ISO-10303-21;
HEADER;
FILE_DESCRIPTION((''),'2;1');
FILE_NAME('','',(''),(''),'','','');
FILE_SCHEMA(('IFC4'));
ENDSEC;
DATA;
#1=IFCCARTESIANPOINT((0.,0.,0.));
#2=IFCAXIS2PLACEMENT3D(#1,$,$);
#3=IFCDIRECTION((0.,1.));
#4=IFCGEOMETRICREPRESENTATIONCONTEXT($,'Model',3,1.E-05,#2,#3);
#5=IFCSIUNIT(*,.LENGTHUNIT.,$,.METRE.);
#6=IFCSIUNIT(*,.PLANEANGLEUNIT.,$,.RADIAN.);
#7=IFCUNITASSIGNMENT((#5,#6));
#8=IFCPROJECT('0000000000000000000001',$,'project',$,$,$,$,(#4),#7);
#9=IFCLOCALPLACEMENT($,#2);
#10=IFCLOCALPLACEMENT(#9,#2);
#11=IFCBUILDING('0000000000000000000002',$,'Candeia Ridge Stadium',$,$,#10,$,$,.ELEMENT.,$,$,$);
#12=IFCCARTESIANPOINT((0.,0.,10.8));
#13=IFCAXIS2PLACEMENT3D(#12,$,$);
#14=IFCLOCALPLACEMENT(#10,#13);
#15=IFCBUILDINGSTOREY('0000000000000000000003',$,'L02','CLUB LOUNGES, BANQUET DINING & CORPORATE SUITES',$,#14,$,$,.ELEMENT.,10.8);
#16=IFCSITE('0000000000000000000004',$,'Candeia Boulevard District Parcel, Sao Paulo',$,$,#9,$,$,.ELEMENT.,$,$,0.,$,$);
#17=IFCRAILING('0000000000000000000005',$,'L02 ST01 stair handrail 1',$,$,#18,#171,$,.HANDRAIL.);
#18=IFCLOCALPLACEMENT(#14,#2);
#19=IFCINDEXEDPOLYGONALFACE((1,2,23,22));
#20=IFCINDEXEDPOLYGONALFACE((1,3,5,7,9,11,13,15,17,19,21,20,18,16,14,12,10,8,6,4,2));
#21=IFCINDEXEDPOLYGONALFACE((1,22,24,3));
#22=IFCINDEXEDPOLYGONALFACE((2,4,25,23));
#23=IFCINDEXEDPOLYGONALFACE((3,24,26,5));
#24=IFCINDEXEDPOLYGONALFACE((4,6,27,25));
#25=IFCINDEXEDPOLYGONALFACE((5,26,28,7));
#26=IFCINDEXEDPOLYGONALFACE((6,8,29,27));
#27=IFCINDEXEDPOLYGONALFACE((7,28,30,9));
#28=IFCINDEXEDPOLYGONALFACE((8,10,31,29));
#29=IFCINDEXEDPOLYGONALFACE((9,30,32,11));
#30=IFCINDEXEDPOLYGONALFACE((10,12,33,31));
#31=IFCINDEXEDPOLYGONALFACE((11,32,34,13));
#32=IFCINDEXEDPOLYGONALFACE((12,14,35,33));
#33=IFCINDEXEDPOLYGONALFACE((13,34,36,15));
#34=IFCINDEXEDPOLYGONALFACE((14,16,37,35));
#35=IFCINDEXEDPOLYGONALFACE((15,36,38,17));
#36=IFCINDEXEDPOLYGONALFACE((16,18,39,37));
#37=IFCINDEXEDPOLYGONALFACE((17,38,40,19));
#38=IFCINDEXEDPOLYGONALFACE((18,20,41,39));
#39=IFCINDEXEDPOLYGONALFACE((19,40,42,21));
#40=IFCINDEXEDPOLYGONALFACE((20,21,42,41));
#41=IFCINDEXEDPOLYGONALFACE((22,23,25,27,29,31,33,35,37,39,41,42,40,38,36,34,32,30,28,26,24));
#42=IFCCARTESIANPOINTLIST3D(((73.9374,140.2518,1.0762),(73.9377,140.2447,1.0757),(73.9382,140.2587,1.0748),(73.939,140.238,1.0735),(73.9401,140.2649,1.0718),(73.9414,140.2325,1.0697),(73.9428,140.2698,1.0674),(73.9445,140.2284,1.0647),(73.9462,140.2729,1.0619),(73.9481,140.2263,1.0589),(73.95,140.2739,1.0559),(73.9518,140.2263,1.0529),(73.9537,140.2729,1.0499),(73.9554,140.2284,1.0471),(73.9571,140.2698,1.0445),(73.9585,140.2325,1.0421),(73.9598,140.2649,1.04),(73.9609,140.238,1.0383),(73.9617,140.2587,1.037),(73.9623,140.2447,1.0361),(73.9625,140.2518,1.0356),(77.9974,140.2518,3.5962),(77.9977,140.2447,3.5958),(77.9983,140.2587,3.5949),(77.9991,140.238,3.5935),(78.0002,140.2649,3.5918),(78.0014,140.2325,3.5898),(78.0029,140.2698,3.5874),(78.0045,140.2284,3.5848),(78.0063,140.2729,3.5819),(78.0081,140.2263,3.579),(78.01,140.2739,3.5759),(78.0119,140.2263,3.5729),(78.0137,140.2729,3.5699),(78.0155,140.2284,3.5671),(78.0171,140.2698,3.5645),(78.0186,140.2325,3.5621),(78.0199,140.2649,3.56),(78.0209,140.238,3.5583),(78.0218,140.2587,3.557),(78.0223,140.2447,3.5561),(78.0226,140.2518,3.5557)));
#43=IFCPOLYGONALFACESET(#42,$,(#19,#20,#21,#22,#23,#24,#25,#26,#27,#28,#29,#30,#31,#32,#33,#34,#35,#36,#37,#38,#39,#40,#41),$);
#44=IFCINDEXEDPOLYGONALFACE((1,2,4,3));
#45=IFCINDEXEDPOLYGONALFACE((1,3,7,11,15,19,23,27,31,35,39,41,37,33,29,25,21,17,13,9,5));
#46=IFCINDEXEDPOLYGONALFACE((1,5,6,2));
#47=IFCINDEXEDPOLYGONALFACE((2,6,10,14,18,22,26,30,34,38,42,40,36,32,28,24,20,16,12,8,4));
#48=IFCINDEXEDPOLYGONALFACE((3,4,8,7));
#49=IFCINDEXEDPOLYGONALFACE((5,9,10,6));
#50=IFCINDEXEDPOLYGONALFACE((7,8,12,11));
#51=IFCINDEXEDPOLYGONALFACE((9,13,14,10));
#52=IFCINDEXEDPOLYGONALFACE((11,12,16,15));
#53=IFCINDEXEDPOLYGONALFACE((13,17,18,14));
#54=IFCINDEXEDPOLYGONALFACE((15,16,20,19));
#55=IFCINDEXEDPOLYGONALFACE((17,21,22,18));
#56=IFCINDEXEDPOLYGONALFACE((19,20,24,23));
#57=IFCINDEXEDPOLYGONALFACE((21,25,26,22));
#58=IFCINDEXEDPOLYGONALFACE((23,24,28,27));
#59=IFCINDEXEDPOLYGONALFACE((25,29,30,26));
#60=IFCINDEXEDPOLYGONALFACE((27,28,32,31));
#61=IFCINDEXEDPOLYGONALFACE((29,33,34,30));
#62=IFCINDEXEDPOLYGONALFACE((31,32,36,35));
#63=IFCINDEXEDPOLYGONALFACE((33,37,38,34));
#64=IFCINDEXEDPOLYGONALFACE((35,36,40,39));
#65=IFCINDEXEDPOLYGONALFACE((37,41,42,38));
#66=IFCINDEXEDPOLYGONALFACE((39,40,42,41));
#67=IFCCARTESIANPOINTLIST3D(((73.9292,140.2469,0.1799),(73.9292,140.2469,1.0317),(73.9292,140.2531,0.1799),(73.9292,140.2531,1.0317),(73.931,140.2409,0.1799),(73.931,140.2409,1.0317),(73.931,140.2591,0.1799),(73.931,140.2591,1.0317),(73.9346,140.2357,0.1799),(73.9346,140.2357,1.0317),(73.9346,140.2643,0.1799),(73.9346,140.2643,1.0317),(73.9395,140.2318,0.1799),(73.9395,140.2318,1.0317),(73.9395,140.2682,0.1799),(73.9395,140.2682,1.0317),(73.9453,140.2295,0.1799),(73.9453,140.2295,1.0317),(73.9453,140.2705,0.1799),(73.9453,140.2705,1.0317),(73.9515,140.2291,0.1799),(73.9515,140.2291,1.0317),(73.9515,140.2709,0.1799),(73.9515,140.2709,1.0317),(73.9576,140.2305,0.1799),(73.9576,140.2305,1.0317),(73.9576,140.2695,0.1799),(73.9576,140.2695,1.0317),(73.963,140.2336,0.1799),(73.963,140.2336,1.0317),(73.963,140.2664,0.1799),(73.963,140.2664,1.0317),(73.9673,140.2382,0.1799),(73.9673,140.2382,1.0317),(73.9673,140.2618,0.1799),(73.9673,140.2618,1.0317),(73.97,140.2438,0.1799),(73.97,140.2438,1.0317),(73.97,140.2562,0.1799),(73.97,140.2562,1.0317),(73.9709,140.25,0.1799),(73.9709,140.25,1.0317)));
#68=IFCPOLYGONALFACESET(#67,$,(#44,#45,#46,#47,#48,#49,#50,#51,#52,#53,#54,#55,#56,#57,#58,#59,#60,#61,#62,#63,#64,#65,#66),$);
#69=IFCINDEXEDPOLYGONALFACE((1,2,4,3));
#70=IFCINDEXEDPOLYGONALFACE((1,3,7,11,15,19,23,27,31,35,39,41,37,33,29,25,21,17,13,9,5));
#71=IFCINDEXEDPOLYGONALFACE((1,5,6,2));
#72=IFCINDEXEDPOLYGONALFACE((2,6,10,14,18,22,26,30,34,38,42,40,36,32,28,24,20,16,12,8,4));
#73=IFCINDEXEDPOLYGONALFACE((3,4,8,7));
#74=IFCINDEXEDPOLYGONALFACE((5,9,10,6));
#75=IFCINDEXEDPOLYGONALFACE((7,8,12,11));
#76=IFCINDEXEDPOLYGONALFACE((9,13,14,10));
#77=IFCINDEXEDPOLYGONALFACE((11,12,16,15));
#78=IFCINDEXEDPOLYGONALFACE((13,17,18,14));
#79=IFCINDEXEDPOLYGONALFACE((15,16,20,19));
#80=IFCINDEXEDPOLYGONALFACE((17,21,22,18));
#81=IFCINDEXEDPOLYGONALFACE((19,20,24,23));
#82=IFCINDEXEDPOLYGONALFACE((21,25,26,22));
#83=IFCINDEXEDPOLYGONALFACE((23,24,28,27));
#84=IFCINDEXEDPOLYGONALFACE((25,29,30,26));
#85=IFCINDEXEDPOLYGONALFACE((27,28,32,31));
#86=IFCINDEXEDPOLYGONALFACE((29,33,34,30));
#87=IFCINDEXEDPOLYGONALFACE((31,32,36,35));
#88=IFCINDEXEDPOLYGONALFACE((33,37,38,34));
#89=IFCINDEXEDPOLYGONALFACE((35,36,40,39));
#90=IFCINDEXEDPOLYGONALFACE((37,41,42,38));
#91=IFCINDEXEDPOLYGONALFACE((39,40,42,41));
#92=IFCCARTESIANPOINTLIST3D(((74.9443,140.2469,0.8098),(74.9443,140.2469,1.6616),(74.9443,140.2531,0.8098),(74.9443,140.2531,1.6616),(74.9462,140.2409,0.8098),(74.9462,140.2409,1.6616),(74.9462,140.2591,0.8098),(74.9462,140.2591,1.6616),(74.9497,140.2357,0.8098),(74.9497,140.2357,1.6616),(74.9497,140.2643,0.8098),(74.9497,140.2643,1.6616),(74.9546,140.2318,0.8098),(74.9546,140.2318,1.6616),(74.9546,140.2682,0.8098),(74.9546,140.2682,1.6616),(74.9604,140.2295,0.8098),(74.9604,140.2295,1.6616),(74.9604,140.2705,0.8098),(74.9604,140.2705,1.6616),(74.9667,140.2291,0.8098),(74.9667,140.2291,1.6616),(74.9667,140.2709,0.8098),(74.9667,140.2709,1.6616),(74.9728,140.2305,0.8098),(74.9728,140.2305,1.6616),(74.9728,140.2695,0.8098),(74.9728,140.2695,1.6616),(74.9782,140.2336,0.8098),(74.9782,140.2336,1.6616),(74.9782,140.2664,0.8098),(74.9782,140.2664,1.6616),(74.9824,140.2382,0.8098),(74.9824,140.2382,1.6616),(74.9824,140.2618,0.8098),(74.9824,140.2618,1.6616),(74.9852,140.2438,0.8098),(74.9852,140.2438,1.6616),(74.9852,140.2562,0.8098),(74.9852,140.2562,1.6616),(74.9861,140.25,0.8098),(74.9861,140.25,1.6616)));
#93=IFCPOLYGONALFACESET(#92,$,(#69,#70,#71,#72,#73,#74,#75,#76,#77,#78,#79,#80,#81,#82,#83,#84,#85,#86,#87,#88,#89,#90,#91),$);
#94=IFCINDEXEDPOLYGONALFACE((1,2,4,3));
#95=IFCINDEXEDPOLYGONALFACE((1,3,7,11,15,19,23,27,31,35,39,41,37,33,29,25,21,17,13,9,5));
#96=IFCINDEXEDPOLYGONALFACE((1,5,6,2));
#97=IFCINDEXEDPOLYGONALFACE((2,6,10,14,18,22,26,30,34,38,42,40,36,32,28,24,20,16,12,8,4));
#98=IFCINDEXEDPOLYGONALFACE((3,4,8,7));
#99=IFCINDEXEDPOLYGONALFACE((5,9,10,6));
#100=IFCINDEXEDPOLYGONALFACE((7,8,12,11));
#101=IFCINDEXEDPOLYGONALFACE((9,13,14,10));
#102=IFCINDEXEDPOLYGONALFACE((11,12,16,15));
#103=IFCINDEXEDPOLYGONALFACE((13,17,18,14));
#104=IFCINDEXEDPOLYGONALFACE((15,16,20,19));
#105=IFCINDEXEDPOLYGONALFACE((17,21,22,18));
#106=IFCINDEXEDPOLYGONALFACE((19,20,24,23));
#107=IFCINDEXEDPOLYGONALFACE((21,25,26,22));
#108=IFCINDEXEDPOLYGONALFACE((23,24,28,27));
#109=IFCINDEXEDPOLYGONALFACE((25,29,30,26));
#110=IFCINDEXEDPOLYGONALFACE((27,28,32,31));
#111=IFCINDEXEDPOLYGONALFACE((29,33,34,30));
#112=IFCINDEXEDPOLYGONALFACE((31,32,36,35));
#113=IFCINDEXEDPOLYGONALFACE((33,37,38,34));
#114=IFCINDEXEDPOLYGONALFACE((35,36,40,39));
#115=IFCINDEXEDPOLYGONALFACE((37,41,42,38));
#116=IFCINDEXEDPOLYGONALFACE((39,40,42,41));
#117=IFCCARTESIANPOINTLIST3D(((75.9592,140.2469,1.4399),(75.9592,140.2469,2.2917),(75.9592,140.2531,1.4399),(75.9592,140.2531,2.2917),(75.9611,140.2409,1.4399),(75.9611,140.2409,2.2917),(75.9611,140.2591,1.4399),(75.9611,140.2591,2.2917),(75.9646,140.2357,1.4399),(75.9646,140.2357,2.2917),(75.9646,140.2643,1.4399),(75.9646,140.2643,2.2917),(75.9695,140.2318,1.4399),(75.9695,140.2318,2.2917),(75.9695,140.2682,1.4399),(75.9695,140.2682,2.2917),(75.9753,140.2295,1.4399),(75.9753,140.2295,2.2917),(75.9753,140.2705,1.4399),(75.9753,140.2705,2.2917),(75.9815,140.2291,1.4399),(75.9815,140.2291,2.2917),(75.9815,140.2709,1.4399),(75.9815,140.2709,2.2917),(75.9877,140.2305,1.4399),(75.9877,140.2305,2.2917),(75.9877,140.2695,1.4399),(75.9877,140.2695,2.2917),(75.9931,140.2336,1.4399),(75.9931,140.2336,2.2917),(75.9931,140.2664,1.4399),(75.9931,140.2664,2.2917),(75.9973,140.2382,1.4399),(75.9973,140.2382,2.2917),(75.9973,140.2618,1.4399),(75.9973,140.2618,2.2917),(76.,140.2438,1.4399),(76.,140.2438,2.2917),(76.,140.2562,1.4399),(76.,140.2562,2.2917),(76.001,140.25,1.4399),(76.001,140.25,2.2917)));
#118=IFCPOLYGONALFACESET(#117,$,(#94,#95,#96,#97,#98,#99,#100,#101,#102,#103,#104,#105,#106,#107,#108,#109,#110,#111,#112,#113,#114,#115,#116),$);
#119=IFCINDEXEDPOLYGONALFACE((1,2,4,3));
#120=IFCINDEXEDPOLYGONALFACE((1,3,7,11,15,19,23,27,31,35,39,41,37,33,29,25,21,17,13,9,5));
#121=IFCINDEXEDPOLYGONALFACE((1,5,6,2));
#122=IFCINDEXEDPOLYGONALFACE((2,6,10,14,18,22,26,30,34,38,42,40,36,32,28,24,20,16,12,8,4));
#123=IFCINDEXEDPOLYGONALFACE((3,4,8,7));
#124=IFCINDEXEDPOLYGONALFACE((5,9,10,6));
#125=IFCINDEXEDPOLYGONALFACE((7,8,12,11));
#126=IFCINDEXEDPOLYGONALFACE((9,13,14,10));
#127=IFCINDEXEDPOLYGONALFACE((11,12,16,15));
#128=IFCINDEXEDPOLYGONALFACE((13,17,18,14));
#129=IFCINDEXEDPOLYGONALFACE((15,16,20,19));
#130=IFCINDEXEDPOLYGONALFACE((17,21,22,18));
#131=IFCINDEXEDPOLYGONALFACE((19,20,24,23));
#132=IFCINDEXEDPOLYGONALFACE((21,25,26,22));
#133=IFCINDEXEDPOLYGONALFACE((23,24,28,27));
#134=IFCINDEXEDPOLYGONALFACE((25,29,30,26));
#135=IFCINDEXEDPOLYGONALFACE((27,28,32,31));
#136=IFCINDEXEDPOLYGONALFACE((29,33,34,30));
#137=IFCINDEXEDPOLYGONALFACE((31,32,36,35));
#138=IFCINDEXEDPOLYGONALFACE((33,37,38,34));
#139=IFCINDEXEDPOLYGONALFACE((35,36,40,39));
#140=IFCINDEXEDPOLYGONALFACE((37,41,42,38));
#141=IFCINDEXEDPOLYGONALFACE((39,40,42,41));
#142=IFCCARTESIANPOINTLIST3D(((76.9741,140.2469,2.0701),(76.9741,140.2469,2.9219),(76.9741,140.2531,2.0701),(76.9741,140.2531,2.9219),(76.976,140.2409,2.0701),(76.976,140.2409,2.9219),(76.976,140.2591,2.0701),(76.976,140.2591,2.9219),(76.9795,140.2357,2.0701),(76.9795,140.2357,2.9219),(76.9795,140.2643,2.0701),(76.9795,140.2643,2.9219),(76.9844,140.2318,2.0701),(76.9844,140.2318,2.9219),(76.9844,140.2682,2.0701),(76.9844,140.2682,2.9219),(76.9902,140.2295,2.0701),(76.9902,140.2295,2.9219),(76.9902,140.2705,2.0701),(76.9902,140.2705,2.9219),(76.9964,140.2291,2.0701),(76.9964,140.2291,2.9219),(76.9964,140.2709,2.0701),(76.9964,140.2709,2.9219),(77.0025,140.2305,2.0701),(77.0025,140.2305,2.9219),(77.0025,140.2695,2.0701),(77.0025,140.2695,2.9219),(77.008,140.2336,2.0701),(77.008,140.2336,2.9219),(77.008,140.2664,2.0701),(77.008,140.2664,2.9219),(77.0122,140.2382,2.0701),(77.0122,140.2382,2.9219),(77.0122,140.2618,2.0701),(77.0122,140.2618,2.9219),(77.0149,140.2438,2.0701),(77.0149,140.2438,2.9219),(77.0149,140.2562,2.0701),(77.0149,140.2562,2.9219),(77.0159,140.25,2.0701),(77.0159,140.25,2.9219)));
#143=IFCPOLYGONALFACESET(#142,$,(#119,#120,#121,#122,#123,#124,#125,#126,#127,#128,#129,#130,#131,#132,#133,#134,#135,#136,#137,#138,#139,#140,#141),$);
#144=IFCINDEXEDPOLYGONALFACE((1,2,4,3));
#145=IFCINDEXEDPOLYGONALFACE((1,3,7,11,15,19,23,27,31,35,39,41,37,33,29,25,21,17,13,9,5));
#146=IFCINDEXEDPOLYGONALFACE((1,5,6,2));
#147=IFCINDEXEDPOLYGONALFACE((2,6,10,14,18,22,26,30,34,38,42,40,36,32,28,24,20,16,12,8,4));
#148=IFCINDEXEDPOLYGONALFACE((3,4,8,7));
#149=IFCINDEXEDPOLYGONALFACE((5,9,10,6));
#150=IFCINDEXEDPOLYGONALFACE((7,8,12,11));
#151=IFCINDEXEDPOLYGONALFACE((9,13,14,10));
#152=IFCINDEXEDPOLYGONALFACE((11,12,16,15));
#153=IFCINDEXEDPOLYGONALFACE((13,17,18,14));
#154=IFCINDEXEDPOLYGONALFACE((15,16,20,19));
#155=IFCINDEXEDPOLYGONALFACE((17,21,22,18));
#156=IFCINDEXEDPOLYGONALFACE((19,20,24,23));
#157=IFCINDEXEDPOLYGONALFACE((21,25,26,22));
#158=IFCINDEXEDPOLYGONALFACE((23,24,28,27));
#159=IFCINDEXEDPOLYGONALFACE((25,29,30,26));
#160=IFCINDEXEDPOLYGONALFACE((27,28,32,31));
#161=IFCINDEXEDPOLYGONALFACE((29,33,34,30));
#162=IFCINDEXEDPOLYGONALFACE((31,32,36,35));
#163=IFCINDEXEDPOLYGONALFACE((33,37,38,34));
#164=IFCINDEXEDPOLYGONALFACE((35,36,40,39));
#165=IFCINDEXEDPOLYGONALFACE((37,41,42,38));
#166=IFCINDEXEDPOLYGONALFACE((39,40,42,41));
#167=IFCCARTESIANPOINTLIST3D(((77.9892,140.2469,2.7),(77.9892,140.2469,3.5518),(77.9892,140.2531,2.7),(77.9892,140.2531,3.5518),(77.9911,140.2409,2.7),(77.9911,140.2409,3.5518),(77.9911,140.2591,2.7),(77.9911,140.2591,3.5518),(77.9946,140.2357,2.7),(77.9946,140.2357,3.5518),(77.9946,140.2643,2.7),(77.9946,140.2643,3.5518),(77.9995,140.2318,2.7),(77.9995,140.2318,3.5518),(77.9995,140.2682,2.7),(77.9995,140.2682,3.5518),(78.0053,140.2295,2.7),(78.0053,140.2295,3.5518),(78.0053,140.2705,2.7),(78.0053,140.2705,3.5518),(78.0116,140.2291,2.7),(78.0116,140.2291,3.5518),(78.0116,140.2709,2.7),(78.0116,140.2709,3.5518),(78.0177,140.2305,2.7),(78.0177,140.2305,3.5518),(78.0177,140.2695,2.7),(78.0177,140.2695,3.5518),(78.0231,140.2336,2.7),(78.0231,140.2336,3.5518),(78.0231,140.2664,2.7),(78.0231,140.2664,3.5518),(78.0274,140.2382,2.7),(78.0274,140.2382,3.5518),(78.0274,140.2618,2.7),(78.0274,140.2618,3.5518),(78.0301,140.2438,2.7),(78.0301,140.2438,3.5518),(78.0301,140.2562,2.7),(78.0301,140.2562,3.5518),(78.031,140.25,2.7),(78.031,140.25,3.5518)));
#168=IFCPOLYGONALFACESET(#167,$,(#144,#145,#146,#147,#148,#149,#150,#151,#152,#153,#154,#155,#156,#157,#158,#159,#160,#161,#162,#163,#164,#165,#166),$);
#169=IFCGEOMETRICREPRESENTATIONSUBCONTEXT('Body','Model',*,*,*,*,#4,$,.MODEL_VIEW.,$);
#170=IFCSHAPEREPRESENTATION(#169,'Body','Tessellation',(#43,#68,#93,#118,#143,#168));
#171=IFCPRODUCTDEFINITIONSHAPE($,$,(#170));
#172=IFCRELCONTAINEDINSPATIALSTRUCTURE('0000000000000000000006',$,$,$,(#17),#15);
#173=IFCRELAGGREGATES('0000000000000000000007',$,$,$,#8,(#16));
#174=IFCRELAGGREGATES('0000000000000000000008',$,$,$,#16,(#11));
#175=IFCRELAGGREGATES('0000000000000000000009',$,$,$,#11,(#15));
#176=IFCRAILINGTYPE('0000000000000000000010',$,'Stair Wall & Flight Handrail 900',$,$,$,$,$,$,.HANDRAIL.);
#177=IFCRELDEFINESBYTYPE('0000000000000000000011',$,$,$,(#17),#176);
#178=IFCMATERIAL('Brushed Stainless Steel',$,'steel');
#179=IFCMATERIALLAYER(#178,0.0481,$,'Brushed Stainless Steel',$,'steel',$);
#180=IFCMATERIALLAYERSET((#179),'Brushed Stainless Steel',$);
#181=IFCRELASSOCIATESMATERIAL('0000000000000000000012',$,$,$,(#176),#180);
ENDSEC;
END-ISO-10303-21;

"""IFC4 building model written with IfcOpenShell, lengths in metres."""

from ifc_helpers import new_model, si_unit, direction, frame, origin, origin_2d, place, context, subcontext, project, spatial, circle, extrude, material, layer, layer_set, type_object, element, save


model = new_model("IFC4")

# Units and contexts
model_context = context("Model", 3, precision=1e-05, world=origin(), true_north=direction((0.0, 1.0)))
body_context = subcontext(model_context, "Body", "Model", "MODEL_VIEW")
ifc_project = project(units=[si_unit("LENGTHUNIT", "METRE"), si_unit("PLANEANGLEUNIT", "RADIAN")], contexts=[model_context])

# Site, building, storey
site_placement = place(None, origin())
site = spatial("IfcSite", under=ifc_project, at=site_placement, Name="Candeia Boulevard District Parcel, Sao Paulo", CompositionType="ELEMENT", RefElevation=0.0)
building_placement = place(site_placement, origin())
building = spatial("IfcBuilding", under=site, at=building_placement, Name="Candeia Ridge Stadium", CompositionType="ELEMENT")
storey_placement = place(building_placement, frame((0.0, 0.0, 10.8)))
storey = spatial("IfcBuildingStorey", under=building, at=storey_placement, Name="L02", Description="CLUB LOUNGES, BANQUET DINING & CORPORATE SUITES", CompositionType="ELEMENT", Elevation=10.8)

# Railing
ifc_material_1 = material(Name="Brushed Stainless Steel", Category="steel")
ifc_layer_1 = layer(ifc_material_1, 0.0481, Name="Brushed Stainless Steel", Category="steel")
ifc_layer_set_1 = layer_set([ifc_layer_1], Name="Brushed Stainless Steel")
railing_type_1 = type_object("IfcRailingType", Name="Stair Wall & Flight Handrail 900", PredefinedType="HANDRAIL", material=ifc_layer_set_1)
railing_1_placement = place(storey_placement, frame((73.95, 140.25, 0.1799)))
element("IfcRailing", 1, at=railing_1_placement, inside=storey, type_object=railing_type_1, Name="L02 ST01 stair handrail 1", PredefinedType="HANDRAIL", context=body_context, shape_type="SweptSolid", body=[
    extrude(circle(Radius=0.0239, at=origin_2d()), frame((0.0, 0.0, 0.876), z_axis=(0.849642, 0.0, 0.52736), x_axis=(0.0, 1.0, 0.0)), (0.0, 0.0, 1.0), 4.7786),
    extrude(circle(Radius=0.021, at=origin_2d()), origin(), (0.0, 0.0, 1.0), 0.8518),
    extrude(circle(Radius=0.021, at=origin_2d()), frame((1.0151, 0.0, 0.6299)), (0.0, 0.0, 1.0), 0.8518),
    extrude(circle(Radius=0.021, at=origin_2d()), frame((2.03, 0.0, 1.26)), (0.0, 0.0, 1.0), 0.8518),
    extrude(circle(Radius=0.021, at=origin_2d()), frame((3.0449, 0.0, 1.8901)), (0.0, 0.0, 1.0), 0.8518),
    extrude(circle(Radius=0.021, at=origin_2d()), frame((4.0601, 0.0, 2.52)), (0.0, 0.0, 1.0), 0.8518),
])

save(model, "model.ifc")
